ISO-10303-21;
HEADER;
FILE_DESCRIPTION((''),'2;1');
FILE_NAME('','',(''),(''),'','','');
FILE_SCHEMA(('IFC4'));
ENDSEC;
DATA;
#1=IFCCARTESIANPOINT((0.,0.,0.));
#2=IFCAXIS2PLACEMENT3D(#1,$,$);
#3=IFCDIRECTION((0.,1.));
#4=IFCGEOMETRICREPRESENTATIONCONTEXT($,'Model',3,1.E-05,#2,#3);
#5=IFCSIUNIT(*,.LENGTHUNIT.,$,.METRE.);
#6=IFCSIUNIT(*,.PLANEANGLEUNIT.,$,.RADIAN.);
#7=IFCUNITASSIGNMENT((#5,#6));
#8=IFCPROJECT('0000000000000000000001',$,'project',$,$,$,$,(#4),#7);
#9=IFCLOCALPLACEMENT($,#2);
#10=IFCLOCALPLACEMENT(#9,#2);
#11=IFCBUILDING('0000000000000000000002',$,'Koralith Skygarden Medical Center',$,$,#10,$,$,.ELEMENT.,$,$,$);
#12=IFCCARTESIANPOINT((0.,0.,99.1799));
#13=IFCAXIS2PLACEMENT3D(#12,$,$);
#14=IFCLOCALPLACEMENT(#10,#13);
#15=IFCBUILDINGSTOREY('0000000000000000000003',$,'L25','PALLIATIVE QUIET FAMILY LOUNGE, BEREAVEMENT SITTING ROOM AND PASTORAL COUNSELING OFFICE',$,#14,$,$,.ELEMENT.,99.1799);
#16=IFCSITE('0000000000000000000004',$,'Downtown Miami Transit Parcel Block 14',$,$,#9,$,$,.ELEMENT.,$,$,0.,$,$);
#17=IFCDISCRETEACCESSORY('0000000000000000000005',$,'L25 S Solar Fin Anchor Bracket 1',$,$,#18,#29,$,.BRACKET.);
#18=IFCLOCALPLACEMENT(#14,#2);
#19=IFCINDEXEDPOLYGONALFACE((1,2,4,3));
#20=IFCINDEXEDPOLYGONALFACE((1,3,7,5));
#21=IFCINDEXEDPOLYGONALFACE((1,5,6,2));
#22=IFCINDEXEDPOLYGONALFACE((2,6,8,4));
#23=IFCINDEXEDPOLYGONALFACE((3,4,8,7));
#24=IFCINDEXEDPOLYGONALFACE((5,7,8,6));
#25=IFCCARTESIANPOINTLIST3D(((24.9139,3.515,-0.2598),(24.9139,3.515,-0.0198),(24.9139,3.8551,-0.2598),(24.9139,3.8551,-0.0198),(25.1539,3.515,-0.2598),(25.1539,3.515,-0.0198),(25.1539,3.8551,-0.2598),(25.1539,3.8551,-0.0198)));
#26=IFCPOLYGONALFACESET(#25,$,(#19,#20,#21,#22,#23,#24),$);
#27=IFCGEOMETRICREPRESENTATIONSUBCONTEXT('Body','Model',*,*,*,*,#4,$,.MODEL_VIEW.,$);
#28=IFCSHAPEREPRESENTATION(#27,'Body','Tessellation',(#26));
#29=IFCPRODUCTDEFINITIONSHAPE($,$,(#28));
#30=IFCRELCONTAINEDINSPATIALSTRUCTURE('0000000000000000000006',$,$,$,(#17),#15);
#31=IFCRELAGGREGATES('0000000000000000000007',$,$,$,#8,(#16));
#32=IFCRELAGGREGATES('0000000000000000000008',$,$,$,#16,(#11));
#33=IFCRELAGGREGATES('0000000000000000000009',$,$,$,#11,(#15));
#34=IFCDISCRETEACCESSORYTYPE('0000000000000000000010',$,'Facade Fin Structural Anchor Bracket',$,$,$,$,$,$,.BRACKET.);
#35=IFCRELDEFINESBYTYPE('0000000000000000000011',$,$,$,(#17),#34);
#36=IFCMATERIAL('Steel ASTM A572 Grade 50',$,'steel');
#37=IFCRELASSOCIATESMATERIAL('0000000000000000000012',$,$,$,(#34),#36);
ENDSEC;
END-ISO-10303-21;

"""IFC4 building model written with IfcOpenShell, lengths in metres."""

from ifc_helpers import new_model, si_unit, direction, frame, origin, origin_2d, place, context, subcontext, project, spatial, rectangle, extrude, material, type_object, element, save


model = new_model("IFC4")

# Units and contexts
model_context = context("Model", 3, precision=1e-05, world=origin(), true_north=direction((0.0, 1.0)))
body_context = subcontext(model_context, "Body", "Model", "MODEL_VIEW")
ifc_project = project(units=[si_unit("LENGTHUNIT", "METRE"), si_unit("PLANEANGLEUNIT", "RADIAN")], contexts=[model_context])

# Site, building, storey
site_placement = place(None, origin())
site = spatial("IfcSite", under=ifc_project, at=site_placement, Name="Downtown Miami Transit Parcel Block 14", CompositionType="ELEMENT", RefElevation=0.0)
building_placement = place(site_placement, origin())
building = spatial("IfcBuilding", under=site, at=building_placement, Name="Koralith Skygarden Medical Center", CompositionType="ELEMENT")
storey_placement = place(building_placement, frame((0.0, 0.0, 99.1799)))
storey = spatial("IfcBuildingStorey", under=building, at=storey_placement, Name="L25", Description="PALLIATIVE QUIET FAMILY LOUNGE, BEREAVEMENT SITTING ROOM AND PASTORAL COUNSELING OFFICE", CompositionType="ELEMENT", Elevation=99.1799)

# Discrete accessory
ifc_material_1 = material(Name="Steel ASTM A572 Grade 50", Category="steel")
discrete_accessory_type = type_object("IfcDiscreteAccessoryType", Name="Facade Fin Structural Anchor Bracket", PredefinedType="BRACKET", material=ifc_material_1)
discrete_accessory_placement = place(storey_placement, frame((25.0339, 3.6851, -0.2598), z_axis=(0.0, 0.0, 1.0), x_axis=(0.0, -1.0, 0.0)))
element("IfcDiscreteAccessory", 1, at=discrete_accessory_placement, inside=storey, type_object=discrete_accessory_type, Name="L25 S Solar Fin Anchor Bracket 1", PredefinedType="BRACKET", context=body_context, shape_type="SweptSolid", body=[
    extrude(rectangle(XDim=0.3401, YDim=0.24, at=origin_2d()), origin(), (0.0, 0.0, 1.0), 0.24),
])

save(model, "model.ifc")
